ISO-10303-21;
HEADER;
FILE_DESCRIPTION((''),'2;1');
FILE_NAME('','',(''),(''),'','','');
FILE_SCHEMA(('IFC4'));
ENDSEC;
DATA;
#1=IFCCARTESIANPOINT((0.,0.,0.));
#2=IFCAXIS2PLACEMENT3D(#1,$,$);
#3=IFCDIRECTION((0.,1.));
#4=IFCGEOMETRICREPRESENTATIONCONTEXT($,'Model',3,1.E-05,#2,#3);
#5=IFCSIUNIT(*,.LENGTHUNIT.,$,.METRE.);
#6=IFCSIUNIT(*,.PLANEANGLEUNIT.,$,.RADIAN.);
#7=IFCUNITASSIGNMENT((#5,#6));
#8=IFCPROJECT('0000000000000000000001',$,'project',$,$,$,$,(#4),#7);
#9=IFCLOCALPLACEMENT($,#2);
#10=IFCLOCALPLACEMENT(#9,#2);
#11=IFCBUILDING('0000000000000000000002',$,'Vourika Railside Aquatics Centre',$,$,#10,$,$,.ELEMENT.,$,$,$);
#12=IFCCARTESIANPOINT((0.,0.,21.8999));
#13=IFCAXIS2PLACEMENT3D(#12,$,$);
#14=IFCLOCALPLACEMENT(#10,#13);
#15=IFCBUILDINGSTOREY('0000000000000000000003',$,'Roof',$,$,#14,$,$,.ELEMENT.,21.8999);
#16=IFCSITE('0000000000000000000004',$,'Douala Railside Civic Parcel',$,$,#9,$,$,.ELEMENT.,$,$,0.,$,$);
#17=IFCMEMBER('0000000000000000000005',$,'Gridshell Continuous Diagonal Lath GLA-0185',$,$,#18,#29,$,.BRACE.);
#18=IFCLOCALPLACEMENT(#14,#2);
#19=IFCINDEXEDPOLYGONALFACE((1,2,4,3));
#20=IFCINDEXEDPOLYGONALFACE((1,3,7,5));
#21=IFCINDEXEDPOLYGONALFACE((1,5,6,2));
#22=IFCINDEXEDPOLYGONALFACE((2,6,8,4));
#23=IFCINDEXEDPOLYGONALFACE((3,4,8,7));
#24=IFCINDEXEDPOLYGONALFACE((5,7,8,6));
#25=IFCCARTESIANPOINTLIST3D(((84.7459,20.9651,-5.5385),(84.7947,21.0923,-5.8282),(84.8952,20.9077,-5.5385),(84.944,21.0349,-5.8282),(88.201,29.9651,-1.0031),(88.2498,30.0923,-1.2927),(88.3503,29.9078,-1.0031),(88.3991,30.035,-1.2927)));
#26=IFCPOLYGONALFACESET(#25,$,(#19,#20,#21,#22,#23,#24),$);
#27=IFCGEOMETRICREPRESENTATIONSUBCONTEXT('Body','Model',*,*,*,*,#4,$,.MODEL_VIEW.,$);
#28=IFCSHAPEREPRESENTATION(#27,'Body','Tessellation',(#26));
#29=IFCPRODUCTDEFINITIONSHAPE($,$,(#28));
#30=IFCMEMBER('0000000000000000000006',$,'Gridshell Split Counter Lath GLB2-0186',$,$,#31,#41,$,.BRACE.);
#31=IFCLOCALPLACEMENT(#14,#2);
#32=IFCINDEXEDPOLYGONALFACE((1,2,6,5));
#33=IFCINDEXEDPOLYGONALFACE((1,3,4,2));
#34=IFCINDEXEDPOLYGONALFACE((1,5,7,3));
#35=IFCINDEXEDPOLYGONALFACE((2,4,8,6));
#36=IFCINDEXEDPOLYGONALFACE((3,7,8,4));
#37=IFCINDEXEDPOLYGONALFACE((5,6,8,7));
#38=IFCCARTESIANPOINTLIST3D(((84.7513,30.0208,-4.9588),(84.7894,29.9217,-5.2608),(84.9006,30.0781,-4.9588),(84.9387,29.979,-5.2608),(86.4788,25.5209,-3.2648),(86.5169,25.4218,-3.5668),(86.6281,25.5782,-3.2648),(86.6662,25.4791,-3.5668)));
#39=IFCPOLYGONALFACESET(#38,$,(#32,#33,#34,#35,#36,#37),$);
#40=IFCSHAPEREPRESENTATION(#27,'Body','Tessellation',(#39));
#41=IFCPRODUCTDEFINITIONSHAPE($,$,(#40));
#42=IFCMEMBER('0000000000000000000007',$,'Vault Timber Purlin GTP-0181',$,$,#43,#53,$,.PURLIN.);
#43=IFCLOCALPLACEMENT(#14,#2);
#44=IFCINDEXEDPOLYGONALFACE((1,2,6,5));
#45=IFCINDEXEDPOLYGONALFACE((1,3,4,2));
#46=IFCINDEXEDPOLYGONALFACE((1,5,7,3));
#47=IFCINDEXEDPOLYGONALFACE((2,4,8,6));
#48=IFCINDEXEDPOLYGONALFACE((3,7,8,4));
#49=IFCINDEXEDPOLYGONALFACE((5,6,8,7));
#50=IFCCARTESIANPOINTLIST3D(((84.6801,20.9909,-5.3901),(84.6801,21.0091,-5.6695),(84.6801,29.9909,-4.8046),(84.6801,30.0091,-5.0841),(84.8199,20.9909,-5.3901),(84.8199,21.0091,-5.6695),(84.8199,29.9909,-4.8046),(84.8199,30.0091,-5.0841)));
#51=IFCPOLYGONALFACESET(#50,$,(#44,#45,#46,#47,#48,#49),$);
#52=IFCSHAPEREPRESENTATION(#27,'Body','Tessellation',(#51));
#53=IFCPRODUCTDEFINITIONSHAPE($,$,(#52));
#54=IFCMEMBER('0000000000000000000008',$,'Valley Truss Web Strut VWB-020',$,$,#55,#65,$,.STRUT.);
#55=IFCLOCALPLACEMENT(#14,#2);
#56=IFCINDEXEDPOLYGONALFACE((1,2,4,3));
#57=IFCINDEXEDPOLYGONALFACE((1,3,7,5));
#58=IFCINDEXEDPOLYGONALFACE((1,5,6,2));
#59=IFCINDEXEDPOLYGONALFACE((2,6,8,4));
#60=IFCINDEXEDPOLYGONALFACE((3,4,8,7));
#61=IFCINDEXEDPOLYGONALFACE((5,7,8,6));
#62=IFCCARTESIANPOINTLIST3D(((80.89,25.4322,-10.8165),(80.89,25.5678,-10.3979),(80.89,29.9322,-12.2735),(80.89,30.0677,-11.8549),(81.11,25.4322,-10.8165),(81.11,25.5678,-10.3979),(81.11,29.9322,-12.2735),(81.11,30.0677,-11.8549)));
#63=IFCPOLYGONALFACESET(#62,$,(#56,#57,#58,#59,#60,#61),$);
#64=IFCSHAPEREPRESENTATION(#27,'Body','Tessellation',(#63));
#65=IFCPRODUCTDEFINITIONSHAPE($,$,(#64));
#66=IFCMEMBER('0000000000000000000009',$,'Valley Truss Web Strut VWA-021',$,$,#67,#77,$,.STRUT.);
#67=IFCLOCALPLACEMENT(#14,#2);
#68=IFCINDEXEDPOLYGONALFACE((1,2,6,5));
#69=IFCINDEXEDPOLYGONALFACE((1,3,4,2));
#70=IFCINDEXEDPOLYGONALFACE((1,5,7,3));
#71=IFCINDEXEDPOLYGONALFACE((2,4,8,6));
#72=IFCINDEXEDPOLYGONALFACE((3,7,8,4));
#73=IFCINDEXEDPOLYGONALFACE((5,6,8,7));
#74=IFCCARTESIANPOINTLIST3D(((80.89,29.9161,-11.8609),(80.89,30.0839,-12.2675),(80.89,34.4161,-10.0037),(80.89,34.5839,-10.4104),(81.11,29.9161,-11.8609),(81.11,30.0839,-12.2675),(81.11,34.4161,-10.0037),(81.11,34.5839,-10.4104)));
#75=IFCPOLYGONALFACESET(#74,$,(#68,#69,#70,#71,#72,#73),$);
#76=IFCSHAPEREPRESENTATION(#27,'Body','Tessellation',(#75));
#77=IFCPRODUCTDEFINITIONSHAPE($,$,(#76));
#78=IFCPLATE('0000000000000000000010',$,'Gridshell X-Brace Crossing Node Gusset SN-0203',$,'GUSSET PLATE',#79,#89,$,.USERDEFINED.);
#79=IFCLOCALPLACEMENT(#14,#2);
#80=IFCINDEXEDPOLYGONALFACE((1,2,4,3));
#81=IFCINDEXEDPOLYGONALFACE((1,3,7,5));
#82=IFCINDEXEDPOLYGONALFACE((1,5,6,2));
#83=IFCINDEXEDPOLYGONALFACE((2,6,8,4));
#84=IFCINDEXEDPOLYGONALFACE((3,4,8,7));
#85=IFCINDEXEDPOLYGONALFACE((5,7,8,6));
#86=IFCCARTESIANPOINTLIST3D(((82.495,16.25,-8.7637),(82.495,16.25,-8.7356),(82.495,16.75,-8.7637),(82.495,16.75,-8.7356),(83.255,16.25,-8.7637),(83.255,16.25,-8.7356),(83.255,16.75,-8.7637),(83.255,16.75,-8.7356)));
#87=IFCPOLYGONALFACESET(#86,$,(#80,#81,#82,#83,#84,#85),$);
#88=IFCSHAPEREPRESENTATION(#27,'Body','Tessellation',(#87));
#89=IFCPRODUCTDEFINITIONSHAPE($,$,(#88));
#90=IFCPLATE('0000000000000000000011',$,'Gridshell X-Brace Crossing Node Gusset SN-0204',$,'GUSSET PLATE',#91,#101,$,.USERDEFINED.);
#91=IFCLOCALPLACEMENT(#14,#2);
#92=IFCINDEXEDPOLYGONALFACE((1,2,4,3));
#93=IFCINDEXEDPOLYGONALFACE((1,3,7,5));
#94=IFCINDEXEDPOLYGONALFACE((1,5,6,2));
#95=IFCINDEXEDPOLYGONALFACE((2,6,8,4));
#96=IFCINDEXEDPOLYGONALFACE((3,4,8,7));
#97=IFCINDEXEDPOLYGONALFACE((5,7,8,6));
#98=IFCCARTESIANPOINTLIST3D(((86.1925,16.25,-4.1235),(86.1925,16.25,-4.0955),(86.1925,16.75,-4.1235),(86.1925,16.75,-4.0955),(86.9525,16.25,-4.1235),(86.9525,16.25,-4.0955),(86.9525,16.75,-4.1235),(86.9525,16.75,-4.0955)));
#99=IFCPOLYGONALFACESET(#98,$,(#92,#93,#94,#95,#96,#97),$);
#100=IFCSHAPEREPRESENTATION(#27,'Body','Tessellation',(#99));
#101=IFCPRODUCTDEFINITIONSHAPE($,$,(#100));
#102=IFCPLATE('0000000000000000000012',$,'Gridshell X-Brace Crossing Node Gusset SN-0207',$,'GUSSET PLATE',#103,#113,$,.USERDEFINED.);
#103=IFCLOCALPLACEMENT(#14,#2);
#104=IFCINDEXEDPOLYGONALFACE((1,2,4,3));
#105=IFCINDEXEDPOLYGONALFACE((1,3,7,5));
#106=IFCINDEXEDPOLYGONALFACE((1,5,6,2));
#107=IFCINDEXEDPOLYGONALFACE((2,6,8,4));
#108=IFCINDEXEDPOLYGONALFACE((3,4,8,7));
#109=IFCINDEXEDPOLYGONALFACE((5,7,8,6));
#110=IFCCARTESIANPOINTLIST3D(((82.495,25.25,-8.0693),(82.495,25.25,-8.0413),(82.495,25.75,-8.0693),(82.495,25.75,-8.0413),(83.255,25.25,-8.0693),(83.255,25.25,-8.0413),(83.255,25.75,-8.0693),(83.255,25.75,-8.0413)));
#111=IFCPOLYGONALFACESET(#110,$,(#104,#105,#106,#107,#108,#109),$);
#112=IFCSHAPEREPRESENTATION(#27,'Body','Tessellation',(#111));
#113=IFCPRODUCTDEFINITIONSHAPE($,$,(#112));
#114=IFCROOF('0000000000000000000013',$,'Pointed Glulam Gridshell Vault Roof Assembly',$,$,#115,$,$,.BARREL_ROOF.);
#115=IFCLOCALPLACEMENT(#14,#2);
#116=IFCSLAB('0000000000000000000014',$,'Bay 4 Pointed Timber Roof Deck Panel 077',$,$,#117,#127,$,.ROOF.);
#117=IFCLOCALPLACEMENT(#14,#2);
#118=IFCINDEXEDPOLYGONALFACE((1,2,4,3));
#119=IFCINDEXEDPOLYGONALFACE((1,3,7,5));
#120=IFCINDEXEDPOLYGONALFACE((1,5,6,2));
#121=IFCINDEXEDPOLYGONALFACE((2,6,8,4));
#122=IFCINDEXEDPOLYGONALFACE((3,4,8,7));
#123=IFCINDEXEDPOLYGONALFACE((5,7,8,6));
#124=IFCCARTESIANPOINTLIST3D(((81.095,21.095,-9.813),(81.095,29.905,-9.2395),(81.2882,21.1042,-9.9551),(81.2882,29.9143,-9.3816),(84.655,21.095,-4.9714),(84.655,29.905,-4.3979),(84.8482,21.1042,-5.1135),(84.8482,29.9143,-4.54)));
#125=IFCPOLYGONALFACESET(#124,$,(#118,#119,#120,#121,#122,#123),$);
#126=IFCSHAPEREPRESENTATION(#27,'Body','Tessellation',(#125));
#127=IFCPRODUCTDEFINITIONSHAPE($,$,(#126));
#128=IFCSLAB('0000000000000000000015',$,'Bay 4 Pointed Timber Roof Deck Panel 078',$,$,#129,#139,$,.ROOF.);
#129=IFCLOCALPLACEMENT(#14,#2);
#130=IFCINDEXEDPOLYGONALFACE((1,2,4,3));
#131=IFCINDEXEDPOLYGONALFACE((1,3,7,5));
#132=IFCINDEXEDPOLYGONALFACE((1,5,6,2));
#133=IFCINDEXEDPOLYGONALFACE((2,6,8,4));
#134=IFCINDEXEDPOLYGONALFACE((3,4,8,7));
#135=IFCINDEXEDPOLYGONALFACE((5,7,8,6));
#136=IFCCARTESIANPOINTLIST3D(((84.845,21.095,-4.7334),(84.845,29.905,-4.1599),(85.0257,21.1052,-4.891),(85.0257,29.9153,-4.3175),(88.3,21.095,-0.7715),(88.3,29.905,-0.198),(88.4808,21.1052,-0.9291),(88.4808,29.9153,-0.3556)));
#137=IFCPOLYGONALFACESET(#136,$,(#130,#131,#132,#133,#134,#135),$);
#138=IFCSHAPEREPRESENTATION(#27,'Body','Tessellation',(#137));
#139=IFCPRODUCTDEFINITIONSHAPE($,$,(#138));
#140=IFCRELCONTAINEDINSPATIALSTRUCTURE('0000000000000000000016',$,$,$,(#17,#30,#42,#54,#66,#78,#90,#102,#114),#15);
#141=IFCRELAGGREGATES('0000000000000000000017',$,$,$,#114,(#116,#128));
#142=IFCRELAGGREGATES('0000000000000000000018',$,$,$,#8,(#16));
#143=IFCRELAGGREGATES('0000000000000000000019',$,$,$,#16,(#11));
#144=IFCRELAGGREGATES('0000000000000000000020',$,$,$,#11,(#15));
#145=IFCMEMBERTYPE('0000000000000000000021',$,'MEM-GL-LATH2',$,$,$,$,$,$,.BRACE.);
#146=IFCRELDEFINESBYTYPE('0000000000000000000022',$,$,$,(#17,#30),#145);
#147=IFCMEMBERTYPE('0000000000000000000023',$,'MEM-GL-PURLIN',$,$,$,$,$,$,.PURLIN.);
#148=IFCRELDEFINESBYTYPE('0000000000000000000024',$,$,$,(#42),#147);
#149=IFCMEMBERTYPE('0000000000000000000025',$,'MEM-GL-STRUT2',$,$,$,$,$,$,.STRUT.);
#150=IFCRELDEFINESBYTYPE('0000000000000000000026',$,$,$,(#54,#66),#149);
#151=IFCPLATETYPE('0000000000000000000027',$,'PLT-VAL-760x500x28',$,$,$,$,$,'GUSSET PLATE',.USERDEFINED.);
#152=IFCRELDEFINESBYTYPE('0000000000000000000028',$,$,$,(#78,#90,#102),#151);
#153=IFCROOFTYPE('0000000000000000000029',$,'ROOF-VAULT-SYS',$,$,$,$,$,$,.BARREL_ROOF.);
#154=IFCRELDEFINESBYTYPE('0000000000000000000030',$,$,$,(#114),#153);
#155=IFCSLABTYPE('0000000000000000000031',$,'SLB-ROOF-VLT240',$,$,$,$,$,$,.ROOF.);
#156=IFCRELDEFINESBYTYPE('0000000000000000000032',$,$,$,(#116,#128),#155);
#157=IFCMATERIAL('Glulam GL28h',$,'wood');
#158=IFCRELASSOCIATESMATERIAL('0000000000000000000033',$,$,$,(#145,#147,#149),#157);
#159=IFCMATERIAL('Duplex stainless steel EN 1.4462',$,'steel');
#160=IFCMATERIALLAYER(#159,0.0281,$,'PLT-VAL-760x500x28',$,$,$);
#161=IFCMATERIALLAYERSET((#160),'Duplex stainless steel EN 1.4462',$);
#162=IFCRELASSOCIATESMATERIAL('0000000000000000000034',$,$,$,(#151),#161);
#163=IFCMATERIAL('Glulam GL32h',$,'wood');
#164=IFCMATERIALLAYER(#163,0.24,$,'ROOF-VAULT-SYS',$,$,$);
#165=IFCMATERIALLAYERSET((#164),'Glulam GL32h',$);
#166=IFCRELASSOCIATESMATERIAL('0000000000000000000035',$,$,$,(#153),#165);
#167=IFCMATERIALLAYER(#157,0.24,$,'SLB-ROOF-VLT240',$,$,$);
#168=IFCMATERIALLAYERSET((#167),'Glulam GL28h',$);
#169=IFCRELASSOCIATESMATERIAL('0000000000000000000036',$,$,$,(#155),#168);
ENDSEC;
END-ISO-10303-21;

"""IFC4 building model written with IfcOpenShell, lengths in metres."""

from ifc_helpers import new_model, si_unit, direction, frame, origin, origin_2d, place, context, subcontext, project, spatial, polyline, rectangle, outline, extrude, material, layer, layer_set, material_profile, profile_set, type_object, element, aggregate, save


model = new_model("IFC4")

# Units and contexts
model_context = context("Model", 3, precision=1e-05, world=origin(), true_north=direction((0.0, 1.0)))
body_context = subcontext(model_context, "Body", "Model", "MODEL_VIEW")
ifc_project = project(units=[si_unit("LENGTHUNIT", "METRE"), si_unit("PLANEANGLEUNIT", "RADIAN")], contexts=[model_context])

# Site, building, storey
site_placement = place(None, origin())
site = spatial("IfcSite", under=ifc_project, at=site_placement, Name="Douala Railside Civic Parcel", CompositionType="ELEMENT", RefElevation=0.0)
building_placement = place(site_placement, origin())
building = spatial("IfcBuilding", under=site, at=building_placement, Name="Vourika Railside Aquatics Centre", CompositionType="ELEMENT")
storey_placement = place(building_placement, frame((0.0, 0.0, 21.8999)))
storey = spatial("IfcBuildingStorey", under=building, at=storey_placement, Name="Roof", CompositionType="ELEMENT", Elevation=21.8999)

# Shared definitions
ifc_material_1 = material(Name="Glulam GL32h", Category="wood")

# Members
ifc_material_2 = material(Name="Glulam GL28h", Category="wood")
ifc_material_profile_1 = material_profile(ifc_material_2, rectangle(XDim=0.1599, YDim=0.3201, at=origin_2d()), Name="GL28h 160x320")
ifc_profile_set_1 = profile_set([ifc_material_profile_1], Name="Glulam GL28h")
member_type_1 = type_object("IfcMemberType", Name="MEM-GL-LATH2", PredefinedType="BRACE", material=ifc_profile_set_1)
member_1_placement = place(storey_placement, frame((84.845, 21.0, -5.6833), z_axis=(0.324299, 0.844754, 0.4257), x_axis=(-0.93357, 0.358395, 0.0)))
element("IfcMember", 1, at=member_1_placement, inside=storey, type_object=member_type_1, Name="Gridshell Continuous Diagonal Lath GLA-0185", PredefinedType="BRACE", context=body_context, shape_type="SweptSolid", body=[
    extrude(rectangle(XDim=0.1599, YDim=0.3201, at=origin_2d()), origin(), (0.0, 0.0, 1.0), 10.6541),
])
member_2_placement = place(storey_placement, frame((86.5725, 25.5, -3.4158), z_axis=(-0.338121, 0.880757, -0.331574), x_axis=(-0.93357, -0.358395, 0.0)))
element("IfcMember", 2, at=member_2_placement, inside=storey, type_object=member_type_1, Name="Gridshell Split Counter Lath GLB2-0186", PredefinedType="BRACE", context=body_context, shape_type="SweptSolid", body=[
    extrude(rectangle(XDim=0.1599, YDim=0.3201, at=origin_2d()), origin(), (0.0, 0.0, 1.0), 5.1091),
])
ifc_material_profile_2 = material_profile(ifc_material_2, rectangle(XDim=0.1399, YDim=0.28, at=origin_2d()), Name="GL28h 140x280")
ifc_profile_set_2 = profile_set([ifc_material_profile_2], Name="Glulam GL28h")
member_type_2 = type_object("IfcMemberType", Name="MEM-GL-PURLIN", PredefinedType="PURLIN", material=ifc_profile_set_2)
member_3_placement = place(storey_placement, frame((84.75, 21.0, -5.5298), z_axis=(0.0, 0.997891, 0.064913), x_axis=(-1.0, 0.0, 0.0)))
element("IfcMember", 3, at=member_3_placement, inside=storey, type_object=member_type_2, Name="Vault Timber Purlin GTP-0181", PredefinedType="PURLIN", context=body_context, shape_type="SweptSolid", body=[
    extrude(rectangle(XDim=0.1399, YDim=0.28, at=origin_2d()), origin(), (0.0, 0.0, 1.0), 9.019),
])
ifc_material_profile_3 = material_profile(ifc_material_2, rectangle(XDim=0.22, YDim=0.4399, at=origin_2d()), Name="GL28h 220x440")
ifc_profile_set_3 = profile_set([ifc_material_profile_3], Name="Glulam GL28h")
member_type_3 = type_object("IfcMemberType", Name="MEM-GL-STRUT2", PredefinedType="STRUT", material=ifc_profile_set_3)
member_4_placement = place(storey_placement, frame((81.0, 25.5, -10.6072), z_axis=(0.0, 0.951373, -0.30804), x_axis=(-1.0, 0.0, 0.0)))
element("IfcMember", 4, at=member_4_placement, inside=storey, type_object=member_type_3, Name="Valley Truss Web Strut VWB-020", PredefinedType="STRUT", context=body_context, shape_type="SweptSolid", body=[
    extrude(rectangle(XDim=0.22, YDim=0.4399, at=origin_2d()), origin(), (0.0, 0.0, 1.0), 4.73),
])
member_5_placement = place(storey_placement, frame((81.0, 30.0, -12.0642), z_axis=(0.0, 0.924371, 0.381494), x_axis=(-1.0, 0.0, 0.0)))
element("IfcMember", 5, at=member_5_placement, inside=storey, type_object=member_type_3, Name="Valley Truss Web Strut VWA-021", PredefinedType="STRUT", context=body_context, shape_type="SweptSolid", body=[
    extrude(rectangle(XDim=0.22, YDim=0.4399, at=origin_2d()), origin(), (0.0, 0.0, 1.0), 4.8682),
])

# Plates
ifc_material_3 = material(Name="Duplex stainless steel EN 1.4462", Category="steel")
ifc_layer_1 = layer(ifc_material_3, 0.0281, Name="PLT-VAL-760x500x28")
ifc_layer_set_1 = layer_set([ifc_layer_1], Name="Duplex stainless steel EN 1.4462")
plate_type = type_object("IfcPlateType", Name="PLT-VAL-760x500x28", ElementType="GUSSET PLATE", PredefinedType="USERDEFINED", material=ifc_layer_set_1)
for number, where, z_axis, x_axis, name in (
    (6, (82.875, 16.5, -8.7637), (0.0, 0.0, 1.0), (1.0, 0.0, 0.0), "Gridshell X-Brace Crossing Node Gusset SN-0203"),
    (7, (86.5725, 16.5, -4.1235), (0.0, 0.0, 1.0), (1.0, 0.0, 0.0), "Gridshell X-Brace Crossing Node Gusset SN-0204"),
    (8, (82.875, 25.5, -8.0693), (0.0, 0.0, 1.0), (1.0, 0.0, 0.0), "Gridshell X-Brace Crossing Node Gusset SN-0207"),
):
    element("IfcPlate", number, at=place(storey_placement, frame(where, z_axis=z_axis, x_axis=x_axis)), inside=storey, type_object=plate_type, Name=name, ObjectType="GUSSET PLATE", PredefinedType="USERDEFINED", context=body_context, shape_type="SweptSolid", body=[
        extrude(rectangle(XDim=0.76, YDim=0.5, at=origin_2d()), origin(), (0.0, 0.0, 1.0), 0.0281),
    ])

# Roof, slabs
ifc_layer_2 = layer(ifc_material_1, 0.24, Name="ROOF-VAULT-SYS")
ifc_layer_set_2 = layer_set([ifc_layer_2], Name="Glulam GL32h")
roof_type = type_object("IfcRoofType", Name="ROOF-VAULT-SYS", PredefinedType="BARREL_ROOF", material=ifc_layer_set_2)
roof_placement = place(storey_placement, origin())
roof = element("IfcRoof", 9, at=roof_placement, inside=storey, type_object=roof_type, Name="Pointed Glulam Gridshell Vault Roof Assembly", PredefinedType="BARREL_ROOF")
ifc_layer_3 = layer(ifc_material_2, 0.24, Name="SLB-ROOF-VLT240")
ifc_layer_set_3 = layer_set([ifc_layer_3], Name="Glulam GL28h")
slab_type = type_object("IfcSlabType", Name="SLB-ROOF-VLT240", PredefinedType="ROOF", material=ifc_layer_set_3)
slab_1_placement = place(storey_placement, frame((81.095, 21.095, -9.813), z_axis=(-0.805045, -0.038533, 0.591961), x_axis=(0.592401, 0.0, 0.805644)))
slab_1 = element("IfcSlab", 10, at=slab_1_placement, type_object=slab_type, Name="Bay 4 Pointed Timber Roof Deck Panel 077", PredefinedType="ROOF", context=body_context, shape_type="SweptSolid", body=[
    extrude(outline(polyline([(0.0, 0.0), (6.0095, 0.0), (6.4716, 8.8166), (0.462, 8.8166), (0.0, 0.0)])), origin(), (0.0, 0.0, -1.0), 0.24),
])
slab_2_placement = place(storey_placement, frame((84.845, 21.095, -4.7334), z_axis=(-0.75298, -0.042745, 0.656654), x_axis=(0.657254, 0.0, 0.753669)))
slab_2 = element("IfcSlab", 11, at=slab_2_placement, type_object=slab_type, Name="Bay 4 Pointed Timber Roof Deck Panel 078", PredefinedType="ROOF", context=body_context, shape_type="SweptSolid", body=[
    extrude(outline(polyline([(0.0, 0.0), (5.2568, 0.0), (5.6891, 8.8181), (0.4322, 8.8181), (0.0, 0.0)])), origin(), (0.0, 0.0, -1.0), 0.24),
])
aggregate(roof, [slab_1, slab_2])

save(model, "model.ifc")
